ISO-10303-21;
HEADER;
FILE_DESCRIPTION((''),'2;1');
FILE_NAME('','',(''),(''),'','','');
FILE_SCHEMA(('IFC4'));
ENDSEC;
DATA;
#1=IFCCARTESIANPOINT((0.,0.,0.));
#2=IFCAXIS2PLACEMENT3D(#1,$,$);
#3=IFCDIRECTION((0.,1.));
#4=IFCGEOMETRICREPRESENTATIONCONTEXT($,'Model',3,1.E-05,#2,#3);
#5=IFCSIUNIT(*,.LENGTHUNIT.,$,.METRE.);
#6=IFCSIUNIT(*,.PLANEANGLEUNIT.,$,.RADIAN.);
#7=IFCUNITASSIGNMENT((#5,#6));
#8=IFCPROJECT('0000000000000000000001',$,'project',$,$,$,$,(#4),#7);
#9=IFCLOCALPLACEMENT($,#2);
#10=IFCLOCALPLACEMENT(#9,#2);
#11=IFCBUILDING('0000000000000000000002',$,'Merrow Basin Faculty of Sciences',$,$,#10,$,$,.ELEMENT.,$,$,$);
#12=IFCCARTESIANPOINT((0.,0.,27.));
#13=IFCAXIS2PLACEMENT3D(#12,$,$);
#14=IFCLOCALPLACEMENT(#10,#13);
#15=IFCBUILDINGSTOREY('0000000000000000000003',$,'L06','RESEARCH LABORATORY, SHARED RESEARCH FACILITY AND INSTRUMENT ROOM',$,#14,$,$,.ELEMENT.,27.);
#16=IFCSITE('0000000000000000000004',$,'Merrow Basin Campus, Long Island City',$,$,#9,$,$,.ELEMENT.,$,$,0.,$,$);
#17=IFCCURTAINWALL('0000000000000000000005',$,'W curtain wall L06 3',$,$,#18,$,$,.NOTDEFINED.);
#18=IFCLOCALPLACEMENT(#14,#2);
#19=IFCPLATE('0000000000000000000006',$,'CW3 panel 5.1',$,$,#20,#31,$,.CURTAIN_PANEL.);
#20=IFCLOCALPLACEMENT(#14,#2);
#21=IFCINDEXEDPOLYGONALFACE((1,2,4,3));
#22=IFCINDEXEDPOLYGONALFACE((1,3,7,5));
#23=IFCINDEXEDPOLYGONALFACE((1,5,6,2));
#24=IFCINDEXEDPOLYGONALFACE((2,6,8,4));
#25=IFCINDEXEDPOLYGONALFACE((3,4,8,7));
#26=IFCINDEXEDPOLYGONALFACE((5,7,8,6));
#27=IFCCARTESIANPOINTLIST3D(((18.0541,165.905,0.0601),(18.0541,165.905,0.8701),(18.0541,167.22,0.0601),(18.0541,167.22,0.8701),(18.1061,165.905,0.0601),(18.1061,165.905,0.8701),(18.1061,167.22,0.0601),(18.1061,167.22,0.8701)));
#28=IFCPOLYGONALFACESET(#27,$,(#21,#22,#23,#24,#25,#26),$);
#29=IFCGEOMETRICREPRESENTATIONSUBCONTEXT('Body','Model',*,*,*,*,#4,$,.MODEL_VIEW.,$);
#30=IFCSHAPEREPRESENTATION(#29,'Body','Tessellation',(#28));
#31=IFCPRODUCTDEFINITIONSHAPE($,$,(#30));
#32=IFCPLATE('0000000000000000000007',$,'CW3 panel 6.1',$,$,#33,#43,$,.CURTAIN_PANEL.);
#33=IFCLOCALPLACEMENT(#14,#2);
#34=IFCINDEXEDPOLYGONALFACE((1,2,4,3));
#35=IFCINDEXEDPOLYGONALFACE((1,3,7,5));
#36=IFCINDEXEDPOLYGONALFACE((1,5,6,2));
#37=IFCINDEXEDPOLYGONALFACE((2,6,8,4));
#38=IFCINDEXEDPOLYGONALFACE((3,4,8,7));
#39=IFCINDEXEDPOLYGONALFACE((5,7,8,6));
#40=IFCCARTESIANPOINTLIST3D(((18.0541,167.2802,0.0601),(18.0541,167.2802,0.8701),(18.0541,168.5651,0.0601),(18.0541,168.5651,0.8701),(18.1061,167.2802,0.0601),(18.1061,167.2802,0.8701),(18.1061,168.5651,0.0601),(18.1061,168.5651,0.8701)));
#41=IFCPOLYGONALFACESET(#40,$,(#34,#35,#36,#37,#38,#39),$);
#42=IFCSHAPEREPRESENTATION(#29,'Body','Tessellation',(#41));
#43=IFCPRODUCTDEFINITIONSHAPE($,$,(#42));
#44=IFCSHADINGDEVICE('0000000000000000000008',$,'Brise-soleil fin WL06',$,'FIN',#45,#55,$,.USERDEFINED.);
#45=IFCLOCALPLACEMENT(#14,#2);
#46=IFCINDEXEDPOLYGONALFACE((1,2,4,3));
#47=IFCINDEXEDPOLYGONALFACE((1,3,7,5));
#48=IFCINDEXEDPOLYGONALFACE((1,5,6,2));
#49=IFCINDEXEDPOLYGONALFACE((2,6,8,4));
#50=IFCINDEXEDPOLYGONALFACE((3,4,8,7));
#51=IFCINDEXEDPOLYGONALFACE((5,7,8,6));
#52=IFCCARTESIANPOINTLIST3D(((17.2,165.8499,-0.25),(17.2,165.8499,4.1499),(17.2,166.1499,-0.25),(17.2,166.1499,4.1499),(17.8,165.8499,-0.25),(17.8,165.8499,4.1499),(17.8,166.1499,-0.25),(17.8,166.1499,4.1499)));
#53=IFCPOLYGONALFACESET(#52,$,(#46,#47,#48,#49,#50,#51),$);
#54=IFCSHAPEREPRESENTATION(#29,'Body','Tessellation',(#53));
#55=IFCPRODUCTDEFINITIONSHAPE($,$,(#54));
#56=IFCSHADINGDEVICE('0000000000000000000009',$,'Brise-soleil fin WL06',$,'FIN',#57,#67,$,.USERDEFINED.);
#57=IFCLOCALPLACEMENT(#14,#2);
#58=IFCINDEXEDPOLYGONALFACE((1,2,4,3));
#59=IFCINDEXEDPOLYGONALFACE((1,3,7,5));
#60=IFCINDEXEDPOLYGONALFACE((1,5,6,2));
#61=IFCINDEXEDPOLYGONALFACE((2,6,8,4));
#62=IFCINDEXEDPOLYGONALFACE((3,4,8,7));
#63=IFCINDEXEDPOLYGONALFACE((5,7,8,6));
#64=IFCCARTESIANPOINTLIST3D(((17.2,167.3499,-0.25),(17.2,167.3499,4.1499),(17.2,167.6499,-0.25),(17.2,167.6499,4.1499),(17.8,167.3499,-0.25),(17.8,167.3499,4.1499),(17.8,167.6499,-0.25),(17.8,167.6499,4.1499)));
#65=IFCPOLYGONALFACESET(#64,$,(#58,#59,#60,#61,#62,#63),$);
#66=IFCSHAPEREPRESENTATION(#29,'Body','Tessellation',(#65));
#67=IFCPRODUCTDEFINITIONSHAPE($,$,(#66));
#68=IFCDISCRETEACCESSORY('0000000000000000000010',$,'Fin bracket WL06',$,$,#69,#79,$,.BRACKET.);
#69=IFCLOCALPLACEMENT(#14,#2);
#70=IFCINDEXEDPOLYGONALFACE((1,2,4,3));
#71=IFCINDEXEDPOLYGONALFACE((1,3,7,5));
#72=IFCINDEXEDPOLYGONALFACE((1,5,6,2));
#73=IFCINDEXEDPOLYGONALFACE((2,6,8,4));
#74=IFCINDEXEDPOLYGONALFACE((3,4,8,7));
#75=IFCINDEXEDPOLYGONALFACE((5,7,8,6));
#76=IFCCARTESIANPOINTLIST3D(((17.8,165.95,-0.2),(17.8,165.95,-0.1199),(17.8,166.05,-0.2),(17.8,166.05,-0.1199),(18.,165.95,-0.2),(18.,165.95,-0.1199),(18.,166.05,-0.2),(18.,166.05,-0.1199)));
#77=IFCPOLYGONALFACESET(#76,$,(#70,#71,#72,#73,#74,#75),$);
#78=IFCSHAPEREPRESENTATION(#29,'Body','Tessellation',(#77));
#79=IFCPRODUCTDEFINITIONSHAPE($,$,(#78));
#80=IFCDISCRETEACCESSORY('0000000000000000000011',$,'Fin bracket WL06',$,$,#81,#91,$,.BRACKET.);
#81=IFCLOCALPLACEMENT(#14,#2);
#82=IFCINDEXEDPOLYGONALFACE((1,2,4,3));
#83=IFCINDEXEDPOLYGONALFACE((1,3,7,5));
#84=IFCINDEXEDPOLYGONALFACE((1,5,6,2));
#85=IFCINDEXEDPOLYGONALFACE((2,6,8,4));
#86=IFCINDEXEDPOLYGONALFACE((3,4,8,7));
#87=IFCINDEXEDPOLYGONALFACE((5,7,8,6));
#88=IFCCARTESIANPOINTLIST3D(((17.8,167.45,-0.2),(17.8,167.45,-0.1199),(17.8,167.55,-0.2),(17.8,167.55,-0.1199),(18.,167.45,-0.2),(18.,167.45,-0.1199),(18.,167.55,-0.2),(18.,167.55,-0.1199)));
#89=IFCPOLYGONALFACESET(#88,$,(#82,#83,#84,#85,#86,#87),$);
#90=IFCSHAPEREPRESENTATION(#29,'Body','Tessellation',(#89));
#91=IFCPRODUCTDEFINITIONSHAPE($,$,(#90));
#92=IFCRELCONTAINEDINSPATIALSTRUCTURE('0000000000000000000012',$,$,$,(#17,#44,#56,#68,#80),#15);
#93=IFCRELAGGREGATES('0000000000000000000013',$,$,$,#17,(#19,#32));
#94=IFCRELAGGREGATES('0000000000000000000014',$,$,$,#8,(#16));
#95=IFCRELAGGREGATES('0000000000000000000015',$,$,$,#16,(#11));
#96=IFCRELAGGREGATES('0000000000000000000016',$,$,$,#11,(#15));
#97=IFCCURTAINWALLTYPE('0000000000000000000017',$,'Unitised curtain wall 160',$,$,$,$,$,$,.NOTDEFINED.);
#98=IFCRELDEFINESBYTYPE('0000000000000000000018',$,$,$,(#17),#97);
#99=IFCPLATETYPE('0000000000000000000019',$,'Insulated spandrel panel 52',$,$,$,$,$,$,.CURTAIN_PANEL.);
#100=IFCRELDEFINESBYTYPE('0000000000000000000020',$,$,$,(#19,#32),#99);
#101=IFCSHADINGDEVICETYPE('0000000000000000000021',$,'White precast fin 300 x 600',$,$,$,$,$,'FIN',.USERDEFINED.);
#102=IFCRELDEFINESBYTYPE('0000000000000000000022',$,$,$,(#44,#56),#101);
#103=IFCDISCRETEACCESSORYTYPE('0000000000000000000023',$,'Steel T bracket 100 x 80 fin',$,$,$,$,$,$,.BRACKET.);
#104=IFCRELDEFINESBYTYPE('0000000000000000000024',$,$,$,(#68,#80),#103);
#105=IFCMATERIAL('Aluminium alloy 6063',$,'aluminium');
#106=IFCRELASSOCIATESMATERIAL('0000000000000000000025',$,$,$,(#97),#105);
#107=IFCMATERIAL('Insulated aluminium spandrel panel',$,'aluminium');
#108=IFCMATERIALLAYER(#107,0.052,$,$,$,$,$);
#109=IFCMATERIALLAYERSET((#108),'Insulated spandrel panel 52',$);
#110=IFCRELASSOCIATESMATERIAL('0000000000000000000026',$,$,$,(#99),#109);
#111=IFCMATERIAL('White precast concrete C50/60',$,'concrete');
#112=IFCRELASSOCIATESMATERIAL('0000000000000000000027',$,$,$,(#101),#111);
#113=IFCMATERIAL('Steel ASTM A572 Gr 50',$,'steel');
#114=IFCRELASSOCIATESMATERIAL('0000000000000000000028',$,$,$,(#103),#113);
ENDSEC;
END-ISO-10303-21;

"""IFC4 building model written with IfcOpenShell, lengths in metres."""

from ifc_helpers import new_model, si_unit, direction, frame, origin, origin_2d, place, context, subcontext, project, spatial, polyline, rectangle, outline, extrude, source, transform, mapped, material, layer, layer_set, type_object, element, aggregate, save


model = new_model("IFC4")

# Units and contexts
model_context = context("Model", 3, precision=1e-05, world=origin(), true_north=direction((0.0, 1.0)))
body_context = subcontext(model_context, "Body", "Model", "MODEL_VIEW")
ifc_project = project(units=[si_unit("LENGTHUNIT", "METRE"), si_unit("PLANEANGLEUNIT", "RADIAN")], contexts=[model_context])

# Site, building, storey
site_placement = place(None, origin())
site = spatial("IfcSite", under=ifc_project, at=site_placement, Name="Merrow Basin Campus, Long Island City", CompositionType="ELEMENT", RefElevation=0.0)
building_placement = place(site_placement, origin())
building = spatial("IfcBuilding", under=site, at=building_placement, Name="Merrow Basin Faculty of Sciences", CompositionType="ELEMENT")
storey_placement = place(building_placement, frame((0.0, 0.0, 27.0)))
storey = spatial("IfcBuildingStorey", under=building, at=storey_placement, Name="L06", Description="RESEARCH LABORATORY, SHARED RESEARCH FACILITY AND INSTRUMENT ROOM", CompositionType="ELEMENT", Elevation=27.0)

# Curtain wall
ifc_material_1 = material(Name="Aluminium alloy 6063", Category="aluminium")
curtain_wall_type = type_object("IfcCurtainWallType", Name="Unitised curtain wall 160", PredefinedType="NOTDEFINED", material=ifc_material_1)
curtain_wall_1_placement = place(storey_placement, origin())
curtain_wall_1 = element("IfcCurtainWall", 1, at=curtain_wall_1_placement, inside=storey, type_object=curtain_wall_type, Name="W curtain wall L06 3", PredefinedType="NOTDEFINED")

# Plates
ifc_material_2 = material(Name="Insulated aluminium spandrel panel", Category="aluminium")
ifc_layer = layer(ifc_material_2, 0.052)
ifc_layer_set = layer_set([ifc_layer], Name="Insulated spandrel panel 52")
plate_type = type_object("IfcPlateType", Name="Insulated spandrel panel 52", PredefinedType="CURTAIN_PANEL", material=ifc_layer_set)
plate_1_placement = place(storey_placement, frame((18.0801, 166.5625, 0.0601), z_axis=(0.0, 0.0, 1.0), x_axis=(0.0, 1.0, 0.0)))
plate_1 = element("IfcPlate", 2, at=plate_1_placement, type_object=plate_type, Name="CW3 panel 5.1", PredefinedType="CURTAIN_PANEL", context=body_context, shape_type="SweptSolid", body=[
    extrude(rectangle(XDim=1.3149, YDim=0.052, at=origin_2d()), origin(), (0.0, 0.0, 1.0), 0.8101),
])
plate_2_placement = place(storey_placement, frame((18.0801, 167.9226, 0.0601), z_axis=(0.0, 0.0, 1.0), x_axis=(0.0, 1.0, 0.0)))
plate_2 = element("IfcPlate", 3, at=plate_2_placement, type_object=plate_type, Name="CW3 panel 6.1", PredefinedType="CURTAIN_PANEL", context=body_context, shape_type="SweptSolid", body=[
    extrude(rectangle(XDim=1.2849, YDim=0.052, at=origin_2d()), origin(), (0.0, 0.0, 1.0), 0.8101),
])
aggregate(curtain_wall_1, [plate_1, plate_2])

# Shading devices
ifc_material_3 = material(Name="White precast concrete C50/60", Category="concrete")
shading_device_type = type_object("IfcShadingDeviceType", Name="White precast fin 300 x 600", ElementType="FIN", PredefinedType="USERDEFINED", material=ifc_material_3)
shared_shape_1 = source(origin(), body_context, "Body", "SweptSolid", [
    extrude(outline(polyline([(0.0, 0.0), (0.3, 0.0), (0.3, 4.3999), (0.0, 4.3999), (0.0, 0.0)])), origin(), (0.0, 0.0, 1.0), 0.6001),
])
for number, where, z_axis, x_axis, name in (
    (4, (17.8, 166.1499, -0.25), (-1.0, 0.0, 0.0), (0.0, -1.0, 0.0), "Brise-soleil fin WL06"),
    (5, (17.8, 167.6499, -0.25), (-1.0, 0.0, 0.0), (0.0, -1.0, 0.0), "Brise-soleil fin WL06"),
):
    element("IfcShadingDevice", number, at=place(storey_placement, frame(where, z_axis=z_axis, x_axis=x_axis)), inside=storey, type_object=shading_device_type, Name=name, ObjectType="FIN", PredefinedType="USERDEFINED", context=body_context, shape_type="MappedRepresentation", body=[
        mapped(shared_shape_1, transform((0.0, 0.0, 0.0), scale=1.0)),
    ])

# Discrete accessories
ifc_material_4 = material(Name="Steel ASTM A572 Gr 50", Category="steel")
discrete_accessory_type = type_object("IfcDiscreteAccessoryType", Name="Steel T bracket 100 x 80 fin", PredefinedType="BRACKET", material=ifc_material_4)
shared_shape_2 = source(origin(), body_context, "Body", "SweptSolid", [
    extrude(outline(polyline([(0.0, 0.0), (0.1001, 0.0), (0.1001, 0.0801), (0.0, 0.0801), (0.0, 0.0)])), origin(), (0.0, 0.0, 1.0), 0.2),
])
for number, where, z_axis, x_axis, name in (
    (6, (18.0, 166.05, -0.2), (-1.0, 0.0, 0.0), (0.0, -1.0, 0.0), "Fin bracket WL06"),
    (7, (18.0, 167.55, -0.2), (-1.0, 0.0, 0.0), (0.0, -1.0, 0.0), "Fin bracket WL06"),
):
    element("IfcDiscreteAccessory", number, at=place(storey_placement, frame(where, z_axis=z_axis, x_axis=x_axis)), inside=storey, type_object=discrete_accessory_type, Name=name, PredefinedType="BRACKET", context=body_context, shape_type="MappedRepresentation", body=[
        mapped(shared_shape_2, transform((0.0, 0.0, 0.0), scale=1.0)),
    ])

save(model, "model.ifc")
